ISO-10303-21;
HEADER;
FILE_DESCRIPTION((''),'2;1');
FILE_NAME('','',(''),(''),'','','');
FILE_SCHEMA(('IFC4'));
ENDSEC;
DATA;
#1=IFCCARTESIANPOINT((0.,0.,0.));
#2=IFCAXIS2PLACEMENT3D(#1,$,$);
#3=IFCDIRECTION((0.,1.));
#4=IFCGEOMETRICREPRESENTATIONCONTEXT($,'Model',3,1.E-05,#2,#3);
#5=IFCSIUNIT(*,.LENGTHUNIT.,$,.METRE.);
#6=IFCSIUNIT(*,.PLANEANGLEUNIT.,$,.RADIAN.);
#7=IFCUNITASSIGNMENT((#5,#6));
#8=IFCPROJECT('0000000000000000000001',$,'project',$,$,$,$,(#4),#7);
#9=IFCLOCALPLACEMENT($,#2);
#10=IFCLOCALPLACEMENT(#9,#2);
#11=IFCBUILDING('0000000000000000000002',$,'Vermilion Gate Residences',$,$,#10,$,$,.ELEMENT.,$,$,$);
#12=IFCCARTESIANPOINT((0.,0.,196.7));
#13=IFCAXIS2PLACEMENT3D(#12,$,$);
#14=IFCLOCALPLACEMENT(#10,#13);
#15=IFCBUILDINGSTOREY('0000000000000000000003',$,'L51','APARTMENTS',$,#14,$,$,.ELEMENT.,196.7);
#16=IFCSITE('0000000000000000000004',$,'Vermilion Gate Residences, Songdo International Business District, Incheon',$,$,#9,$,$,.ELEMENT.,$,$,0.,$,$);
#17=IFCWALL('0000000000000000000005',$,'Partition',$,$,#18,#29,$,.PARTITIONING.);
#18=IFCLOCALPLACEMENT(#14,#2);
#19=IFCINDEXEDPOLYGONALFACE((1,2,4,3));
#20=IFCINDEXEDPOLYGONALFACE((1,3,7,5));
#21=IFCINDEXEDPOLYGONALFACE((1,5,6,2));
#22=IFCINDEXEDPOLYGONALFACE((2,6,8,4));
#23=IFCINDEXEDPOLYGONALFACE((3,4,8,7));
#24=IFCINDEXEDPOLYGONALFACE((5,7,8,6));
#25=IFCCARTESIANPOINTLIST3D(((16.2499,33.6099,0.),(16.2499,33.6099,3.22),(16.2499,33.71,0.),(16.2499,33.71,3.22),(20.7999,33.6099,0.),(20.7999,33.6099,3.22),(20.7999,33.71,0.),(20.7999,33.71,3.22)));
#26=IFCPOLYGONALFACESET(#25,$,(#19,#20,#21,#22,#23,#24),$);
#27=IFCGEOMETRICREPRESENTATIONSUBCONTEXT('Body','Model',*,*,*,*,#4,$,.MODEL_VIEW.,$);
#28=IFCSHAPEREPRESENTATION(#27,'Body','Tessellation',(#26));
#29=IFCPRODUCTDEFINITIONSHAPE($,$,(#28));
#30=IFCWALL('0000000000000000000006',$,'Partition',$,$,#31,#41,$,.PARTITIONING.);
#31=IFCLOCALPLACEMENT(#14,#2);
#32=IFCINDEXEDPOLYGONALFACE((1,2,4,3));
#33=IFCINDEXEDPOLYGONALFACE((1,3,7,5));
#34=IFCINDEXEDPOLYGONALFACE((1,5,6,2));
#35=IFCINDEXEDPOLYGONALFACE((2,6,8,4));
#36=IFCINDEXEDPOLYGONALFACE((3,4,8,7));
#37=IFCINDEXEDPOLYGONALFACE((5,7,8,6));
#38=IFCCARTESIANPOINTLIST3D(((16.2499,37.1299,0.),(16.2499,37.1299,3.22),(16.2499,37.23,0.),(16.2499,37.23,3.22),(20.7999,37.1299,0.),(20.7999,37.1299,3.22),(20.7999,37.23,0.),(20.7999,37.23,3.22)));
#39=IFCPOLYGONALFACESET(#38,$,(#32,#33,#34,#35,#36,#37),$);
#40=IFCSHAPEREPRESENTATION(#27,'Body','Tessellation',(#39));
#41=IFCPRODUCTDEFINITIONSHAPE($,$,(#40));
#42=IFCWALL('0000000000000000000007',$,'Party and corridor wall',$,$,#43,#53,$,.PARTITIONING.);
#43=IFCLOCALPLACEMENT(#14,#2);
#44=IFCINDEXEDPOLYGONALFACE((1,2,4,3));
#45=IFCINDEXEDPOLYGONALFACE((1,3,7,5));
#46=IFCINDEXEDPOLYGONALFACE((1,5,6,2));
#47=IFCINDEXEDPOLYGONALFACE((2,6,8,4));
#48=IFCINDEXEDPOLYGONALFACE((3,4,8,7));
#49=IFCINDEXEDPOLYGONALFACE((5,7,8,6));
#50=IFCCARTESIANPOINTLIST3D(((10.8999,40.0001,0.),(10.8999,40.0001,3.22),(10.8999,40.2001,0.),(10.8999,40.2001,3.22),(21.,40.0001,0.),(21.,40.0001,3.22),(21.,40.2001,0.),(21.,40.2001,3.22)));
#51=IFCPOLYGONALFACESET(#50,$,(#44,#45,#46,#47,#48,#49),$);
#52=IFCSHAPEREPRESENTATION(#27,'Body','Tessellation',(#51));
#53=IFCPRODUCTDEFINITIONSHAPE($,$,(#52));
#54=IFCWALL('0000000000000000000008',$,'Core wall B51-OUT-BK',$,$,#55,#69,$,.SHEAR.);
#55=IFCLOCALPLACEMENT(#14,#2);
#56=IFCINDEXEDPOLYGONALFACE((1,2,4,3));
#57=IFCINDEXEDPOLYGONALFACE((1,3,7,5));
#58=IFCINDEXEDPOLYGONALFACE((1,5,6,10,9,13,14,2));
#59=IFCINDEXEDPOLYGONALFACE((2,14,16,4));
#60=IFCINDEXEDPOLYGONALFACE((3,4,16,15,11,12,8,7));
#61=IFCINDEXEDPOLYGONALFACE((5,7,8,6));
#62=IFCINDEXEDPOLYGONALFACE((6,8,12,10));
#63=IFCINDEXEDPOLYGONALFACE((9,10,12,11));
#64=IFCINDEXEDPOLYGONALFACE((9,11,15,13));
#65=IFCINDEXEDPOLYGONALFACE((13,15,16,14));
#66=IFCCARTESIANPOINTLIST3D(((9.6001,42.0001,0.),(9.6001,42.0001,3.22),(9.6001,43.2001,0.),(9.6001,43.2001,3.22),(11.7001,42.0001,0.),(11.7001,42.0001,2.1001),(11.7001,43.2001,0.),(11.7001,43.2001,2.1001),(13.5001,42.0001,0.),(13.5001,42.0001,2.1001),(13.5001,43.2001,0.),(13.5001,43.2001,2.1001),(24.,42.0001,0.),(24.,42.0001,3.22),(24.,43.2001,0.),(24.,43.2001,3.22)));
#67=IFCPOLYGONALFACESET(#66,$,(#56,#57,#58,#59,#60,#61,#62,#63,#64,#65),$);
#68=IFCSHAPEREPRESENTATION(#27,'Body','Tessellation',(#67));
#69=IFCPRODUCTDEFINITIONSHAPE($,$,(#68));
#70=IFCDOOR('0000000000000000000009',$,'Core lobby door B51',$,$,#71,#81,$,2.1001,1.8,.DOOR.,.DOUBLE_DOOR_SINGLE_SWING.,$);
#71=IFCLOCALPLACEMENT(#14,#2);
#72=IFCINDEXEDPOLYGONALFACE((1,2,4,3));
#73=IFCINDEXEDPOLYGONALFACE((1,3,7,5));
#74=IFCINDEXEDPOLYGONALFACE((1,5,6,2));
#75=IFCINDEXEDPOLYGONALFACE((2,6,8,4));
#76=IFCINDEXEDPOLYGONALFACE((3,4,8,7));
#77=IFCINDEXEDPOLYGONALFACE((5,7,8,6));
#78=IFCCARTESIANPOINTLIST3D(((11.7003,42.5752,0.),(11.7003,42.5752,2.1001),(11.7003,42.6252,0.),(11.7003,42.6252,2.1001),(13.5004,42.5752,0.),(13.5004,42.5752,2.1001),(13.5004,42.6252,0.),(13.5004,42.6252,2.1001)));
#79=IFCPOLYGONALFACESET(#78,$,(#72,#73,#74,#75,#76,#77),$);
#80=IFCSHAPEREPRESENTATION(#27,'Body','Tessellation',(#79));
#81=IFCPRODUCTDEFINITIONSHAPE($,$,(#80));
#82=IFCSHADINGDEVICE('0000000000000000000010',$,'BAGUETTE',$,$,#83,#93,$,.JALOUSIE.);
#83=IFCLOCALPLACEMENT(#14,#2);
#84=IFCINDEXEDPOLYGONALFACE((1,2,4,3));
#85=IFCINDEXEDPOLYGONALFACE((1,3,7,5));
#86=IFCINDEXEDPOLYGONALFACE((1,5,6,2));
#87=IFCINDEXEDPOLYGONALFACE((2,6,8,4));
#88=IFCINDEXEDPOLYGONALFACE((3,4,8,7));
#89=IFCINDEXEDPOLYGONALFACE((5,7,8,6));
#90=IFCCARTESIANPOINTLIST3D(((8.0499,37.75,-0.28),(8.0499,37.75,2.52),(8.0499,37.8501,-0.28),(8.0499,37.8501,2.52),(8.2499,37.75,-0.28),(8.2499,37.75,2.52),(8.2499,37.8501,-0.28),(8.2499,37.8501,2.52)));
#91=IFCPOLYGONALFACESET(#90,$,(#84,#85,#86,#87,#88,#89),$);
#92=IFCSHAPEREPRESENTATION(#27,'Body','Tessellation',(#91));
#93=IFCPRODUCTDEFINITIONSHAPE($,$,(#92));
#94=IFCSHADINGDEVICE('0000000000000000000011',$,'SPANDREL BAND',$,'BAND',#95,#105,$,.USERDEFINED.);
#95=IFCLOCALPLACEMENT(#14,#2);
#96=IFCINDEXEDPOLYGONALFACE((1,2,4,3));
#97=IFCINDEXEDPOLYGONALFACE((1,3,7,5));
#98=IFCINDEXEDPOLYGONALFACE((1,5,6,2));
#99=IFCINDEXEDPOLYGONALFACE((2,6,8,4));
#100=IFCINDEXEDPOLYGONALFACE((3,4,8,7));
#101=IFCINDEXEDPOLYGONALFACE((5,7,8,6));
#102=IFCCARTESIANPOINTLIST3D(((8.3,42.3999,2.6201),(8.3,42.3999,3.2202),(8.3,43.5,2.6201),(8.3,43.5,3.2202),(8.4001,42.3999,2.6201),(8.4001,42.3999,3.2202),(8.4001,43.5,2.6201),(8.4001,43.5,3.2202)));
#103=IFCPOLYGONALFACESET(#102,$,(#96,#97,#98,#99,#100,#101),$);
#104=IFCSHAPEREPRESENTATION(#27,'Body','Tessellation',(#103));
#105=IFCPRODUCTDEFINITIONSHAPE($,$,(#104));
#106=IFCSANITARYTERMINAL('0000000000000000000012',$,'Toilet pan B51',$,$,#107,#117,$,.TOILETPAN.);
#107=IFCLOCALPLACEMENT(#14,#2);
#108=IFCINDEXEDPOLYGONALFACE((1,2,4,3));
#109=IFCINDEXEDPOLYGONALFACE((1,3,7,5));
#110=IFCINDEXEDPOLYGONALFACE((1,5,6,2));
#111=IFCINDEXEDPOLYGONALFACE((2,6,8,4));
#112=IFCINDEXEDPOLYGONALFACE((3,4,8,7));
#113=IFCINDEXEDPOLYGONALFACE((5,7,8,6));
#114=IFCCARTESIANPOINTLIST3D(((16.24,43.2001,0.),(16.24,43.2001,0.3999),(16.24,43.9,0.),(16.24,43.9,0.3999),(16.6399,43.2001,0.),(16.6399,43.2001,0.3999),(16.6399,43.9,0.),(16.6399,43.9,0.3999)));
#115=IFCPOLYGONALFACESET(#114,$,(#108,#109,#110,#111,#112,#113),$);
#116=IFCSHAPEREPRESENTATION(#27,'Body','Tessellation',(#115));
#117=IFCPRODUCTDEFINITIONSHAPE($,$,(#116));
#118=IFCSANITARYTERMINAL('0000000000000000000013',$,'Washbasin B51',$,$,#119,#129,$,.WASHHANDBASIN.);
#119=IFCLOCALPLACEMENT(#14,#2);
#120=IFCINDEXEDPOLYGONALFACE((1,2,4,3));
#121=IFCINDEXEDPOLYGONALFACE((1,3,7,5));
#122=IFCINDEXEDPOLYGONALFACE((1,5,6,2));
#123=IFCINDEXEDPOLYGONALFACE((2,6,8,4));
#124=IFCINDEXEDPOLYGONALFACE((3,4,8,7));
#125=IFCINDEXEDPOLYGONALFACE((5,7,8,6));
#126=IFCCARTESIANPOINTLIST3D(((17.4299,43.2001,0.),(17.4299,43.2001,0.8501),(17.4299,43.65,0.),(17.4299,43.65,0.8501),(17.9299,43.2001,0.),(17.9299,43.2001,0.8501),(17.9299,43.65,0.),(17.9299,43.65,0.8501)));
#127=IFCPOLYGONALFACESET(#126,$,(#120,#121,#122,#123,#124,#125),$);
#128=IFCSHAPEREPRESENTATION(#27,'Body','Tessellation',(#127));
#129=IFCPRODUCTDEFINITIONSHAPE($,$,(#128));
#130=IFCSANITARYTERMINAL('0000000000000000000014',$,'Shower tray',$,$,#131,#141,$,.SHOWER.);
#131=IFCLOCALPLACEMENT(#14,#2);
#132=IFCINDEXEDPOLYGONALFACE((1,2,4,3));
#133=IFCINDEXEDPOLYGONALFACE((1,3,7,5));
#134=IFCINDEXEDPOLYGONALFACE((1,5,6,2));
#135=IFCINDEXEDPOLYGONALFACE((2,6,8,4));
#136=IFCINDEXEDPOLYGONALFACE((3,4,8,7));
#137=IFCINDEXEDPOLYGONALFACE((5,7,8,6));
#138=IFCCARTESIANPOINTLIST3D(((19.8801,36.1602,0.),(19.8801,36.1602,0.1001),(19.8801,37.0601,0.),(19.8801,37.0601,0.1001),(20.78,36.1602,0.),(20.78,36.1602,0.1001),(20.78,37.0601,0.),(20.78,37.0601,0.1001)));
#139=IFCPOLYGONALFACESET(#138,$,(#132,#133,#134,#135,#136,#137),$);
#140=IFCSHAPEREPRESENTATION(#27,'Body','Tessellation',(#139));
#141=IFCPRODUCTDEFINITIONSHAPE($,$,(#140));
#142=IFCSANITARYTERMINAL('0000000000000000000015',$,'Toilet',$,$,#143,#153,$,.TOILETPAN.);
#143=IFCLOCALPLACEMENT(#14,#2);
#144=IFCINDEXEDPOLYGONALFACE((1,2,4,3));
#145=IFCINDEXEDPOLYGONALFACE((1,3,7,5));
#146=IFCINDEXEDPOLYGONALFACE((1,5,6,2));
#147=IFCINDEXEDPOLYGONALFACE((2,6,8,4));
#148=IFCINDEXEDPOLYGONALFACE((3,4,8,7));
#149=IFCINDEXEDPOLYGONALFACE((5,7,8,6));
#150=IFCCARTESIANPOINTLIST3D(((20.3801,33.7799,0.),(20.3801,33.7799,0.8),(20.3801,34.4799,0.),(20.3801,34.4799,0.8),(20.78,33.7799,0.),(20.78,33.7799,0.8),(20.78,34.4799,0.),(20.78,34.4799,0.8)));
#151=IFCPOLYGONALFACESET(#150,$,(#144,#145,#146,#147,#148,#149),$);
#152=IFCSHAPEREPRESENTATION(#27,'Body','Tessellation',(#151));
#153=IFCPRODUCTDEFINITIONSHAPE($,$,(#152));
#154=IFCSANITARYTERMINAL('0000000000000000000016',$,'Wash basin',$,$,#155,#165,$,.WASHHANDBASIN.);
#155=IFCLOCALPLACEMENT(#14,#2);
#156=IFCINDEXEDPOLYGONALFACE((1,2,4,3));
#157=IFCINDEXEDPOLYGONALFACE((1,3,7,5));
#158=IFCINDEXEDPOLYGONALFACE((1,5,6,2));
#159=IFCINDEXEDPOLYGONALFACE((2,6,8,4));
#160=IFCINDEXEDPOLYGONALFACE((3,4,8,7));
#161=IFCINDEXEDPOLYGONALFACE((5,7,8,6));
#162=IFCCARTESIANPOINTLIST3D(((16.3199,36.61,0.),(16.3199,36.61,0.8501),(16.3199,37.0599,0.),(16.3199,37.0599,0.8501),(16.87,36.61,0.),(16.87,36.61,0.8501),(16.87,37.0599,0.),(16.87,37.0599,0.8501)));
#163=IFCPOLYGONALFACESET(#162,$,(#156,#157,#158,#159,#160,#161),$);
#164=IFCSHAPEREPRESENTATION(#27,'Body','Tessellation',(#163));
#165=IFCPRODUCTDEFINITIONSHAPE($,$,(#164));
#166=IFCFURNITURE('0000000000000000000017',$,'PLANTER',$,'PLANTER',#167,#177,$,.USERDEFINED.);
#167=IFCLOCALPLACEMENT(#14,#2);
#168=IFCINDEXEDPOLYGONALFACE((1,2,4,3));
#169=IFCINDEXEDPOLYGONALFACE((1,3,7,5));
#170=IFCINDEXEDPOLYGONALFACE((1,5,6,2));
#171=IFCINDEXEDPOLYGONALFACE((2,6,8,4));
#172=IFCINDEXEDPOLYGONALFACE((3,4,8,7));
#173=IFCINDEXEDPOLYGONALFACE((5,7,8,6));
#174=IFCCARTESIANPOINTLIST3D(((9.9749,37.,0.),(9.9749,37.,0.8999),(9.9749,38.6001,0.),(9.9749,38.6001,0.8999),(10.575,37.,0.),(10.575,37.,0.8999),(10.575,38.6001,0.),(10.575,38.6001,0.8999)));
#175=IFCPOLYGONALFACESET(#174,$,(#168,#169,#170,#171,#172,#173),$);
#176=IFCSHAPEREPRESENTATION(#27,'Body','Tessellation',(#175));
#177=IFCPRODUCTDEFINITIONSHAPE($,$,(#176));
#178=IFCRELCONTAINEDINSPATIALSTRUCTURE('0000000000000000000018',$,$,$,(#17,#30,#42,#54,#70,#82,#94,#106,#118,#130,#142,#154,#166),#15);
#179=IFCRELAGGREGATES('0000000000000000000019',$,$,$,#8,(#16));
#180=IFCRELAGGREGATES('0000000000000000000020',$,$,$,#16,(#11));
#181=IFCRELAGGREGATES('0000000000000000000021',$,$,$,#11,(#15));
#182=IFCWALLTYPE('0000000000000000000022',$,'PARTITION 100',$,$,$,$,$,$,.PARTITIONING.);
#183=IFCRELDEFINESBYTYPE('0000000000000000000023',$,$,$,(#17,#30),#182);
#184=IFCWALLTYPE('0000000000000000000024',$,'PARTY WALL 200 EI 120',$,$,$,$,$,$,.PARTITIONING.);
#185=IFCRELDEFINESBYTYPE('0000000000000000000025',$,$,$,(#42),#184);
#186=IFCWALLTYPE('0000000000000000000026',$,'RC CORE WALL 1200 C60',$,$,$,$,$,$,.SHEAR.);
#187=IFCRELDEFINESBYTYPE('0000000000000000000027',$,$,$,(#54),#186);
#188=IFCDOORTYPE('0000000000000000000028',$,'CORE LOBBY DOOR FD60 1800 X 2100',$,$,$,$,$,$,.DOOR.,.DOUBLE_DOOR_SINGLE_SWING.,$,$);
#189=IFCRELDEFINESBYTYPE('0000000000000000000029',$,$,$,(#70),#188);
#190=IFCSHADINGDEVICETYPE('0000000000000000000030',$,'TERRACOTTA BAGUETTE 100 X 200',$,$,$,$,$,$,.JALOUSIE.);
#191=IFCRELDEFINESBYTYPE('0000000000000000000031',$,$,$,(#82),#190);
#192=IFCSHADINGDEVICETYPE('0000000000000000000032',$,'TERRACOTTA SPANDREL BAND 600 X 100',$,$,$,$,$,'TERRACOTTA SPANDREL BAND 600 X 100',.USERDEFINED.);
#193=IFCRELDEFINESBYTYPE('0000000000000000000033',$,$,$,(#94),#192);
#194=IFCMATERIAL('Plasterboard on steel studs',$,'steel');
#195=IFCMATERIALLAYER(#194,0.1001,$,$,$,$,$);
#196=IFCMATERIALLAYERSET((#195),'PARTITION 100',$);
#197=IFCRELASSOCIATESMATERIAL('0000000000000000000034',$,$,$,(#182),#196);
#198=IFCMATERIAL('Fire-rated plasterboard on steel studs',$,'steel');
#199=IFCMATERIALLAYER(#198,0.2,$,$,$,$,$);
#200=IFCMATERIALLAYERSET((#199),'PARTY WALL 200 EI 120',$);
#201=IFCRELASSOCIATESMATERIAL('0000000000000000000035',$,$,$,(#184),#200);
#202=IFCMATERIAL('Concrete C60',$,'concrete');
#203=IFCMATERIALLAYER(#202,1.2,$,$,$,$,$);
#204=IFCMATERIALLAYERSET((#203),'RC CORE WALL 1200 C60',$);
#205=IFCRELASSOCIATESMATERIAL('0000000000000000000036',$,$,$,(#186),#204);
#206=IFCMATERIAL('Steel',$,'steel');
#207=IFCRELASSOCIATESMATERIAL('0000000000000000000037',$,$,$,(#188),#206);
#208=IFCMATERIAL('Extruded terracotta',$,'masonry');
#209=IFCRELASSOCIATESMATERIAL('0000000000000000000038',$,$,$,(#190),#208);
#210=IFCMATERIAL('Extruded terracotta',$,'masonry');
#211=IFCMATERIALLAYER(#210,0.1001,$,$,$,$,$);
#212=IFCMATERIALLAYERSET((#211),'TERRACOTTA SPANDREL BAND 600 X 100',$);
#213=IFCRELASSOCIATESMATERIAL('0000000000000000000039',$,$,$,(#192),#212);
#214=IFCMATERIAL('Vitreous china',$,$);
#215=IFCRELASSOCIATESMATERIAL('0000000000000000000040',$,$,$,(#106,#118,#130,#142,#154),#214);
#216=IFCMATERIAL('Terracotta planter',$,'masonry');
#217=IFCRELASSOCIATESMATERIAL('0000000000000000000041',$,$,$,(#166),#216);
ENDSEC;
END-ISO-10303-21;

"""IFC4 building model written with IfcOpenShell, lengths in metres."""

from ifc_helpers import new_model, si_unit, direction, frame, frame_2d, origin, origin_2d, place, context, subcontext, project, spatial, rectangle, extrude, material, layer, layer_set, material_profile, profile_set, type_object, element, fill, save


model = new_model("IFC4")

# Units and contexts
model_context = context("Model", 3, precision=1e-05, world=origin(), true_north=direction((0.0, 1.0)))
body_context = subcontext(model_context, "Body", "Model", "MODEL_VIEW")
ifc_project = project(units=[si_unit("LENGTHUNIT", "METRE"), si_unit("PLANEANGLEUNIT", "RADIAN")], contexts=[model_context])

# Site, building, storey
site_placement = place(None, origin())
site = spatial("IfcSite", under=ifc_project, at=site_placement, Name="Vermilion Gate Residences, Songdo International Business District, Incheon", CompositionType="ELEMENT", RefElevation=0.0)
building_placement = place(site_placement, origin())
building = spatial("IfcBuilding", under=site, at=building_placement, Name="Vermilion Gate Residences", CompositionType="ELEMENT")
storey_placement = place(building_placement, frame((0.0, 0.0, 196.7)))
storey = spatial("IfcBuildingStorey", under=building, at=storey_placement, Name="L51", Description="APARTMENTS", CompositionType="ELEMENT", Elevation=196.7)

# Walls
ifc_material_1 = material(Name="Plasterboard on steel studs", Category="steel")
ifc_layer_1 = layer(ifc_material_1, 0.1001)
ifc_layer_set_1 = layer_set([ifc_layer_1], Name="PARTITION 100")
wall_type_1 = type_object("IfcWallType", Name="PARTITION 100", PredefinedType="PARTITIONING", material=ifc_layer_set_1)
for number, where, z_axis, x_axis, name in (
    (1, (16.25, 33.6599, 0.0), (0.0, 0.0, 1.0), (1.0, 0.0, 0.0), "Partition"),
    (2, (16.25, 37.1799, 0.0), (0.0, 0.0, 1.0), (1.0, 0.0, 0.0), "Partition"),
):
    element("IfcWall", number, at=place(storey_placement, frame(where, z_axis=z_axis, x_axis=x_axis)), inside=storey, type_object=wall_type_1, Name=name, PredefinedType="PARTITIONING", context=body_context, shape_type="SweptSolid", body=[
        extrude(rectangle(XDim=4.55, YDim=0.1001, at=frame_2d((2.2749, 0.0))), origin(), (0.0, 0.0, 1.0), 3.22),
    ])
ifc_material_2 = material(Name="Fire-rated plasterboard on steel studs", Category="steel")
ifc_layer_2 = layer(ifc_material_2, 0.2)
ifc_layer_set_2 = layer_set([ifc_layer_2], Name="PARTY WALL 200 EI 120")
wall_type_2 = type_object("IfcWallType", Name="PARTY WALL 200 EI 120", PredefinedType="PARTITIONING", material=ifc_layer_set_2)
wall_1_placement = place(storey_placement, frame((10.8999, 40.1001, 0.0), z_axis=(0.0, 0.0, 1.0), x_axis=(1.0, 0.0, 0.0)))
element("IfcWall", 3, at=wall_1_placement, inside=storey, type_object=wall_type_2, Name="Party and corridor wall", PredefinedType="PARTITIONING", context=body_context, shape_type="SweptSolid", body=[
    extrude(rectangle(XDim=10.1001, YDim=0.2, at=frame_2d((5.05, 0.0))), origin(), (0.0, 0.0, 1.0), 3.22),
])

# Wall, opening, door
ifc_material_3 = material(Name="Concrete C60", Category="concrete")
ifc_layer_3 = layer(ifc_material_3, 1.2)
ifc_layer_set_3 = layer_set([ifc_layer_3], Name="RC CORE WALL 1200 C60")
wall_type_3 = type_object("IfcWallType", Name="RC CORE WALL 1200 C60", PredefinedType="SHEAR", material=ifc_layer_set_3)
wall_2_placement = place(storey_placement, frame((9.6001, 42.6001, 0.0), z_axis=(0.0, 0.0, 1.0), x_axis=(1.0, 0.0, 0.0)))
wall_2 = element("IfcWall", 4, at=wall_2_placement, inside=storey, type_object=wall_type_3, Name="Core wall B51-OUT-BK", PredefinedType="SHEAR", context=body_context, shape_type="SweptSolid", body=[
    extrude(rectangle(XDim=14.3999, YDim=1.2, at=frame_2d((7.2, 0.0))), origin(), (0.0, 0.0, 1.0), 3.22),
])
opening_1_placement = place(wall_2_placement, frame((2.1001, 0.0, 0.0)))
opening_1 = element("IfcOpeningElement", 5, at=opening_1_placement, cuts=wall_2, PredefinedType="OPENING", context=body_context, shape_type="SweptSolid", body=[
    extrude(rectangle(XDim=1.8, YDim=2.1001, at=frame_2d((0.8999, 1.05))), frame((0.0, 0.6099, 0.0), z_axis=(0.0, -1.0, 0.0), x_axis=(1.0, 0.0, 0.0)), (0.0, 0.0, 1.0), 1.22),
])
ifc_material_4 = material(Name="Steel", Category="steel")
door_type_1 = type_object("IfcDoorType", Name="CORE LOBBY DOOR FD60 1800 X 2100", OperationType="DOUBLE_DOOR_SINGLE_SWING", PredefinedType="DOOR", material=ifc_material_4)
door_1_placement = place(opening_1_placement, frame((1.8, 0.0, 0.0), z_axis=(0.0, 0.0, 1.0), x_axis=(-1.0, 0.0, 0.0)))
door_1 = element("IfcDoor", 6, at=door_1_placement, inside=storey, type_object=door_type_1, Name="Core lobby door B51", OperationType="DOUBLE_DOOR_SINGLE_SWING", OverallHeight=2.1001, OverallWidth=1.8, PredefinedType="DOOR", context=body_context, shape_type="SweptSolid", body=[
    extrude(rectangle(XDim=1.8, YDim=2.1001, at=frame_2d((0.8999, 1.05))), frame((0.0, 0.0249, 0.0), z_axis=(0.0, -1.0, 0.0), x_axis=(1.0, 0.0, 0.0)), (0.0, 0.0, 1.0), 0.05),
])
fill(opening_1, door_1)

# Shading devices
ifc_material_5 = material(Name="Extruded terracotta", Category="masonry")
ifc_material_profile_1 = material_profile(ifc_material_5, rectangle(XDim=0.2, YDim=0.1001, at=origin_2d()), Name="BAGUETTE 100 X 200")
ifc_profile_set_1 = profile_set([ifc_material_profile_1], Name="Extruded terracotta")
shading_device_type_1 = type_object("IfcShadingDeviceType", Name="TERRACOTTA BAGUETTE 100 X 200", PredefinedType="JALOUSIE", material=ifc_profile_set_1)
shading_device_1_placement = place(storey_placement, frame((8.1499, 37.8, -0.28), z_axis=(0.0, 0.0, 1.0), x_axis=(1.0, 0.0, 0.0)))
element("IfcShadingDevice", 7, at=shading_device_1_placement, inside=storey, type_object=shading_device_type_1, Name="BAGUETTE", PredefinedType="JALOUSIE", context=body_context, shape_type="SweptSolid", body=[
    extrude(rectangle(XDim=0.2, YDim=0.1001, at=origin_2d()), origin(), (0.0, 0.0, 1.0), 2.8),
])
ifc_material_6 = material(Name="Extruded terracotta", Category="masonry")
ifc_layer_4 = layer(ifc_material_6, 0.1001)
ifc_layer_set_4 = layer_set([ifc_layer_4], Name="TERRACOTTA SPANDREL BAND 600 X 100")
shading_device_type_2 = type_object("IfcShadingDeviceType", Name="TERRACOTTA SPANDREL BAND 600 X 100", ElementType="TERRACOTTA SPANDREL BAND 600 X 100", PredefinedType="USERDEFINED", material=ifc_layer_set_4)
shading_device_2_placement = place(storey_placement, frame((8.3501, 42.95, 2.6201), z_axis=(0.0, 0.0, 1.0), x_axis=(0.0, 1.0, 0.0)))
element("IfcShadingDevice", 8, at=shading_device_2_placement, inside=storey, type_object=shading_device_type_2, Name="SPANDREL BAND", ObjectType="BAND", PredefinedType="USERDEFINED", context=body_context, shape_type="SweptSolid", body=[
    extrude(rectangle(XDim=1.1001, YDim=0.1001, at=origin_2d()), origin(), (0.0, 0.0, 1.0), 0.6001),
])

# Sanitary terminals
ifc_material_7 = material(Name="Vitreous china")
sanitary_terminal_1_placement = place(storey_placement, frame((16.4399, 43.55, 0.0), z_axis=(0.0, 0.0, 1.0), x_axis=(1.0, 0.0, 0.0)))
element("IfcSanitaryTerminal", 9, at=sanitary_terminal_1_placement, inside=storey, material=ifc_material_7, Name="Toilet pan B51", PredefinedType="TOILETPAN", context=body_context, shape_type="SweptSolid", body=[
    extrude(rectangle(XDim=0.3999, YDim=0.7, at=origin_2d()), origin(), (0.0, 0.0, 1.0), 0.3999),
])
sanitary_terminal_2_placement = place(storey_placement, frame((17.6799, 43.425, 0.0), z_axis=(0.0, 0.0, 1.0), x_axis=(1.0, 0.0, 0.0)))
element("IfcSanitaryTerminal", 10, at=sanitary_terminal_2_placement, inside=storey, material=ifc_material_7, Name="Washbasin B51", PredefinedType="WASHHANDBASIN", context=body_context, shape_type="SweptSolid", body=[
    extrude(rectangle(XDim=0.5, YDim=0.45, at=origin_2d()), origin(), (0.0, 0.0, 1.0), 0.8501),
])
sanitary_terminal_3_placement = place(storey_placement, frame((20.3301, 36.6101, 0.0), z_axis=(0.0, 0.0, 1.0), x_axis=(1.0, 0.0, 0.0)))
element("IfcSanitaryTerminal", 11, at=sanitary_terminal_3_placement, inside=storey, material=ifc_material_7, Name="Shower tray", PredefinedType="SHOWER", context=body_context, shape_type="SweptSolid", body=[
    extrude(rectangle(XDim=0.8999, YDim=0.8999, at=origin_2d()), origin(), (0.0, 0.0, 1.0), 0.1001),
])
sanitary_terminal_4_placement = place(storey_placement, frame((20.5801, 34.1299, 0.0), z_axis=(0.0, 0.0, 1.0), x_axis=(1.0, 0.0, 0.0)))
element("IfcSanitaryTerminal", 12, at=sanitary_terminal_4_placement, inside=storey, material=ifc_material_7, Name="Toilet", PredefinedType="TOILETPAN", context=body_context, shape_type="SweptSolid", body=[
    extrude(rectangle(XDim=0.3999, YDim=0.7, at=origin_2d()), origin(), (0.0, 0.0, 1.0), 0.8),
])
sanitary_terminal_5_placement = place(storey_placement, frame((16.595, 36.835, 0.0), z_axis=(0.0, 0.0, 1.0), x_axis=(1.0, 0.0, 0.0)))
element("IfcSanitaryTerminal", 13, at=sanitary_terminal_5_placement, inside=storey, material=ifc_material_7, Name="Wash basin", PredefinedType="WASHHANDBASIN", context=body_context, shape_type="SweptSolid", body=[
    extrude(rectangle(XDim=0.55, YDim=0.45, at=origin_2d()), origin(), (0.0, 0.0, 1.0), 0.8501),
])

# Furniture
ifc_material_8 = material(Name="Terracotta planter", Category="masonry")
furniture_placement = place(storey_placement, frame((10.2749, 37.8, 0.0), z_axis=(0.0, 0.0, 1.0), x_axis=(0.0, -1.0, 0.0)))
element("IfcFurniture", 14, at=furniture_placement, inside=storey, material=ifc_material_8, Name="PLANTER", ObjectType="PLANTER", PredefinedType="USERDEFINED", context=body_context, shape_type="SweptSolid", body=[
    extrude(rectangle(XDim=1.6001, YDim=0.6001, at=origin_2d()), origin(), (0.0, 0.0, 1.0), 0.8999),
])

save(model, "model.ifc")
